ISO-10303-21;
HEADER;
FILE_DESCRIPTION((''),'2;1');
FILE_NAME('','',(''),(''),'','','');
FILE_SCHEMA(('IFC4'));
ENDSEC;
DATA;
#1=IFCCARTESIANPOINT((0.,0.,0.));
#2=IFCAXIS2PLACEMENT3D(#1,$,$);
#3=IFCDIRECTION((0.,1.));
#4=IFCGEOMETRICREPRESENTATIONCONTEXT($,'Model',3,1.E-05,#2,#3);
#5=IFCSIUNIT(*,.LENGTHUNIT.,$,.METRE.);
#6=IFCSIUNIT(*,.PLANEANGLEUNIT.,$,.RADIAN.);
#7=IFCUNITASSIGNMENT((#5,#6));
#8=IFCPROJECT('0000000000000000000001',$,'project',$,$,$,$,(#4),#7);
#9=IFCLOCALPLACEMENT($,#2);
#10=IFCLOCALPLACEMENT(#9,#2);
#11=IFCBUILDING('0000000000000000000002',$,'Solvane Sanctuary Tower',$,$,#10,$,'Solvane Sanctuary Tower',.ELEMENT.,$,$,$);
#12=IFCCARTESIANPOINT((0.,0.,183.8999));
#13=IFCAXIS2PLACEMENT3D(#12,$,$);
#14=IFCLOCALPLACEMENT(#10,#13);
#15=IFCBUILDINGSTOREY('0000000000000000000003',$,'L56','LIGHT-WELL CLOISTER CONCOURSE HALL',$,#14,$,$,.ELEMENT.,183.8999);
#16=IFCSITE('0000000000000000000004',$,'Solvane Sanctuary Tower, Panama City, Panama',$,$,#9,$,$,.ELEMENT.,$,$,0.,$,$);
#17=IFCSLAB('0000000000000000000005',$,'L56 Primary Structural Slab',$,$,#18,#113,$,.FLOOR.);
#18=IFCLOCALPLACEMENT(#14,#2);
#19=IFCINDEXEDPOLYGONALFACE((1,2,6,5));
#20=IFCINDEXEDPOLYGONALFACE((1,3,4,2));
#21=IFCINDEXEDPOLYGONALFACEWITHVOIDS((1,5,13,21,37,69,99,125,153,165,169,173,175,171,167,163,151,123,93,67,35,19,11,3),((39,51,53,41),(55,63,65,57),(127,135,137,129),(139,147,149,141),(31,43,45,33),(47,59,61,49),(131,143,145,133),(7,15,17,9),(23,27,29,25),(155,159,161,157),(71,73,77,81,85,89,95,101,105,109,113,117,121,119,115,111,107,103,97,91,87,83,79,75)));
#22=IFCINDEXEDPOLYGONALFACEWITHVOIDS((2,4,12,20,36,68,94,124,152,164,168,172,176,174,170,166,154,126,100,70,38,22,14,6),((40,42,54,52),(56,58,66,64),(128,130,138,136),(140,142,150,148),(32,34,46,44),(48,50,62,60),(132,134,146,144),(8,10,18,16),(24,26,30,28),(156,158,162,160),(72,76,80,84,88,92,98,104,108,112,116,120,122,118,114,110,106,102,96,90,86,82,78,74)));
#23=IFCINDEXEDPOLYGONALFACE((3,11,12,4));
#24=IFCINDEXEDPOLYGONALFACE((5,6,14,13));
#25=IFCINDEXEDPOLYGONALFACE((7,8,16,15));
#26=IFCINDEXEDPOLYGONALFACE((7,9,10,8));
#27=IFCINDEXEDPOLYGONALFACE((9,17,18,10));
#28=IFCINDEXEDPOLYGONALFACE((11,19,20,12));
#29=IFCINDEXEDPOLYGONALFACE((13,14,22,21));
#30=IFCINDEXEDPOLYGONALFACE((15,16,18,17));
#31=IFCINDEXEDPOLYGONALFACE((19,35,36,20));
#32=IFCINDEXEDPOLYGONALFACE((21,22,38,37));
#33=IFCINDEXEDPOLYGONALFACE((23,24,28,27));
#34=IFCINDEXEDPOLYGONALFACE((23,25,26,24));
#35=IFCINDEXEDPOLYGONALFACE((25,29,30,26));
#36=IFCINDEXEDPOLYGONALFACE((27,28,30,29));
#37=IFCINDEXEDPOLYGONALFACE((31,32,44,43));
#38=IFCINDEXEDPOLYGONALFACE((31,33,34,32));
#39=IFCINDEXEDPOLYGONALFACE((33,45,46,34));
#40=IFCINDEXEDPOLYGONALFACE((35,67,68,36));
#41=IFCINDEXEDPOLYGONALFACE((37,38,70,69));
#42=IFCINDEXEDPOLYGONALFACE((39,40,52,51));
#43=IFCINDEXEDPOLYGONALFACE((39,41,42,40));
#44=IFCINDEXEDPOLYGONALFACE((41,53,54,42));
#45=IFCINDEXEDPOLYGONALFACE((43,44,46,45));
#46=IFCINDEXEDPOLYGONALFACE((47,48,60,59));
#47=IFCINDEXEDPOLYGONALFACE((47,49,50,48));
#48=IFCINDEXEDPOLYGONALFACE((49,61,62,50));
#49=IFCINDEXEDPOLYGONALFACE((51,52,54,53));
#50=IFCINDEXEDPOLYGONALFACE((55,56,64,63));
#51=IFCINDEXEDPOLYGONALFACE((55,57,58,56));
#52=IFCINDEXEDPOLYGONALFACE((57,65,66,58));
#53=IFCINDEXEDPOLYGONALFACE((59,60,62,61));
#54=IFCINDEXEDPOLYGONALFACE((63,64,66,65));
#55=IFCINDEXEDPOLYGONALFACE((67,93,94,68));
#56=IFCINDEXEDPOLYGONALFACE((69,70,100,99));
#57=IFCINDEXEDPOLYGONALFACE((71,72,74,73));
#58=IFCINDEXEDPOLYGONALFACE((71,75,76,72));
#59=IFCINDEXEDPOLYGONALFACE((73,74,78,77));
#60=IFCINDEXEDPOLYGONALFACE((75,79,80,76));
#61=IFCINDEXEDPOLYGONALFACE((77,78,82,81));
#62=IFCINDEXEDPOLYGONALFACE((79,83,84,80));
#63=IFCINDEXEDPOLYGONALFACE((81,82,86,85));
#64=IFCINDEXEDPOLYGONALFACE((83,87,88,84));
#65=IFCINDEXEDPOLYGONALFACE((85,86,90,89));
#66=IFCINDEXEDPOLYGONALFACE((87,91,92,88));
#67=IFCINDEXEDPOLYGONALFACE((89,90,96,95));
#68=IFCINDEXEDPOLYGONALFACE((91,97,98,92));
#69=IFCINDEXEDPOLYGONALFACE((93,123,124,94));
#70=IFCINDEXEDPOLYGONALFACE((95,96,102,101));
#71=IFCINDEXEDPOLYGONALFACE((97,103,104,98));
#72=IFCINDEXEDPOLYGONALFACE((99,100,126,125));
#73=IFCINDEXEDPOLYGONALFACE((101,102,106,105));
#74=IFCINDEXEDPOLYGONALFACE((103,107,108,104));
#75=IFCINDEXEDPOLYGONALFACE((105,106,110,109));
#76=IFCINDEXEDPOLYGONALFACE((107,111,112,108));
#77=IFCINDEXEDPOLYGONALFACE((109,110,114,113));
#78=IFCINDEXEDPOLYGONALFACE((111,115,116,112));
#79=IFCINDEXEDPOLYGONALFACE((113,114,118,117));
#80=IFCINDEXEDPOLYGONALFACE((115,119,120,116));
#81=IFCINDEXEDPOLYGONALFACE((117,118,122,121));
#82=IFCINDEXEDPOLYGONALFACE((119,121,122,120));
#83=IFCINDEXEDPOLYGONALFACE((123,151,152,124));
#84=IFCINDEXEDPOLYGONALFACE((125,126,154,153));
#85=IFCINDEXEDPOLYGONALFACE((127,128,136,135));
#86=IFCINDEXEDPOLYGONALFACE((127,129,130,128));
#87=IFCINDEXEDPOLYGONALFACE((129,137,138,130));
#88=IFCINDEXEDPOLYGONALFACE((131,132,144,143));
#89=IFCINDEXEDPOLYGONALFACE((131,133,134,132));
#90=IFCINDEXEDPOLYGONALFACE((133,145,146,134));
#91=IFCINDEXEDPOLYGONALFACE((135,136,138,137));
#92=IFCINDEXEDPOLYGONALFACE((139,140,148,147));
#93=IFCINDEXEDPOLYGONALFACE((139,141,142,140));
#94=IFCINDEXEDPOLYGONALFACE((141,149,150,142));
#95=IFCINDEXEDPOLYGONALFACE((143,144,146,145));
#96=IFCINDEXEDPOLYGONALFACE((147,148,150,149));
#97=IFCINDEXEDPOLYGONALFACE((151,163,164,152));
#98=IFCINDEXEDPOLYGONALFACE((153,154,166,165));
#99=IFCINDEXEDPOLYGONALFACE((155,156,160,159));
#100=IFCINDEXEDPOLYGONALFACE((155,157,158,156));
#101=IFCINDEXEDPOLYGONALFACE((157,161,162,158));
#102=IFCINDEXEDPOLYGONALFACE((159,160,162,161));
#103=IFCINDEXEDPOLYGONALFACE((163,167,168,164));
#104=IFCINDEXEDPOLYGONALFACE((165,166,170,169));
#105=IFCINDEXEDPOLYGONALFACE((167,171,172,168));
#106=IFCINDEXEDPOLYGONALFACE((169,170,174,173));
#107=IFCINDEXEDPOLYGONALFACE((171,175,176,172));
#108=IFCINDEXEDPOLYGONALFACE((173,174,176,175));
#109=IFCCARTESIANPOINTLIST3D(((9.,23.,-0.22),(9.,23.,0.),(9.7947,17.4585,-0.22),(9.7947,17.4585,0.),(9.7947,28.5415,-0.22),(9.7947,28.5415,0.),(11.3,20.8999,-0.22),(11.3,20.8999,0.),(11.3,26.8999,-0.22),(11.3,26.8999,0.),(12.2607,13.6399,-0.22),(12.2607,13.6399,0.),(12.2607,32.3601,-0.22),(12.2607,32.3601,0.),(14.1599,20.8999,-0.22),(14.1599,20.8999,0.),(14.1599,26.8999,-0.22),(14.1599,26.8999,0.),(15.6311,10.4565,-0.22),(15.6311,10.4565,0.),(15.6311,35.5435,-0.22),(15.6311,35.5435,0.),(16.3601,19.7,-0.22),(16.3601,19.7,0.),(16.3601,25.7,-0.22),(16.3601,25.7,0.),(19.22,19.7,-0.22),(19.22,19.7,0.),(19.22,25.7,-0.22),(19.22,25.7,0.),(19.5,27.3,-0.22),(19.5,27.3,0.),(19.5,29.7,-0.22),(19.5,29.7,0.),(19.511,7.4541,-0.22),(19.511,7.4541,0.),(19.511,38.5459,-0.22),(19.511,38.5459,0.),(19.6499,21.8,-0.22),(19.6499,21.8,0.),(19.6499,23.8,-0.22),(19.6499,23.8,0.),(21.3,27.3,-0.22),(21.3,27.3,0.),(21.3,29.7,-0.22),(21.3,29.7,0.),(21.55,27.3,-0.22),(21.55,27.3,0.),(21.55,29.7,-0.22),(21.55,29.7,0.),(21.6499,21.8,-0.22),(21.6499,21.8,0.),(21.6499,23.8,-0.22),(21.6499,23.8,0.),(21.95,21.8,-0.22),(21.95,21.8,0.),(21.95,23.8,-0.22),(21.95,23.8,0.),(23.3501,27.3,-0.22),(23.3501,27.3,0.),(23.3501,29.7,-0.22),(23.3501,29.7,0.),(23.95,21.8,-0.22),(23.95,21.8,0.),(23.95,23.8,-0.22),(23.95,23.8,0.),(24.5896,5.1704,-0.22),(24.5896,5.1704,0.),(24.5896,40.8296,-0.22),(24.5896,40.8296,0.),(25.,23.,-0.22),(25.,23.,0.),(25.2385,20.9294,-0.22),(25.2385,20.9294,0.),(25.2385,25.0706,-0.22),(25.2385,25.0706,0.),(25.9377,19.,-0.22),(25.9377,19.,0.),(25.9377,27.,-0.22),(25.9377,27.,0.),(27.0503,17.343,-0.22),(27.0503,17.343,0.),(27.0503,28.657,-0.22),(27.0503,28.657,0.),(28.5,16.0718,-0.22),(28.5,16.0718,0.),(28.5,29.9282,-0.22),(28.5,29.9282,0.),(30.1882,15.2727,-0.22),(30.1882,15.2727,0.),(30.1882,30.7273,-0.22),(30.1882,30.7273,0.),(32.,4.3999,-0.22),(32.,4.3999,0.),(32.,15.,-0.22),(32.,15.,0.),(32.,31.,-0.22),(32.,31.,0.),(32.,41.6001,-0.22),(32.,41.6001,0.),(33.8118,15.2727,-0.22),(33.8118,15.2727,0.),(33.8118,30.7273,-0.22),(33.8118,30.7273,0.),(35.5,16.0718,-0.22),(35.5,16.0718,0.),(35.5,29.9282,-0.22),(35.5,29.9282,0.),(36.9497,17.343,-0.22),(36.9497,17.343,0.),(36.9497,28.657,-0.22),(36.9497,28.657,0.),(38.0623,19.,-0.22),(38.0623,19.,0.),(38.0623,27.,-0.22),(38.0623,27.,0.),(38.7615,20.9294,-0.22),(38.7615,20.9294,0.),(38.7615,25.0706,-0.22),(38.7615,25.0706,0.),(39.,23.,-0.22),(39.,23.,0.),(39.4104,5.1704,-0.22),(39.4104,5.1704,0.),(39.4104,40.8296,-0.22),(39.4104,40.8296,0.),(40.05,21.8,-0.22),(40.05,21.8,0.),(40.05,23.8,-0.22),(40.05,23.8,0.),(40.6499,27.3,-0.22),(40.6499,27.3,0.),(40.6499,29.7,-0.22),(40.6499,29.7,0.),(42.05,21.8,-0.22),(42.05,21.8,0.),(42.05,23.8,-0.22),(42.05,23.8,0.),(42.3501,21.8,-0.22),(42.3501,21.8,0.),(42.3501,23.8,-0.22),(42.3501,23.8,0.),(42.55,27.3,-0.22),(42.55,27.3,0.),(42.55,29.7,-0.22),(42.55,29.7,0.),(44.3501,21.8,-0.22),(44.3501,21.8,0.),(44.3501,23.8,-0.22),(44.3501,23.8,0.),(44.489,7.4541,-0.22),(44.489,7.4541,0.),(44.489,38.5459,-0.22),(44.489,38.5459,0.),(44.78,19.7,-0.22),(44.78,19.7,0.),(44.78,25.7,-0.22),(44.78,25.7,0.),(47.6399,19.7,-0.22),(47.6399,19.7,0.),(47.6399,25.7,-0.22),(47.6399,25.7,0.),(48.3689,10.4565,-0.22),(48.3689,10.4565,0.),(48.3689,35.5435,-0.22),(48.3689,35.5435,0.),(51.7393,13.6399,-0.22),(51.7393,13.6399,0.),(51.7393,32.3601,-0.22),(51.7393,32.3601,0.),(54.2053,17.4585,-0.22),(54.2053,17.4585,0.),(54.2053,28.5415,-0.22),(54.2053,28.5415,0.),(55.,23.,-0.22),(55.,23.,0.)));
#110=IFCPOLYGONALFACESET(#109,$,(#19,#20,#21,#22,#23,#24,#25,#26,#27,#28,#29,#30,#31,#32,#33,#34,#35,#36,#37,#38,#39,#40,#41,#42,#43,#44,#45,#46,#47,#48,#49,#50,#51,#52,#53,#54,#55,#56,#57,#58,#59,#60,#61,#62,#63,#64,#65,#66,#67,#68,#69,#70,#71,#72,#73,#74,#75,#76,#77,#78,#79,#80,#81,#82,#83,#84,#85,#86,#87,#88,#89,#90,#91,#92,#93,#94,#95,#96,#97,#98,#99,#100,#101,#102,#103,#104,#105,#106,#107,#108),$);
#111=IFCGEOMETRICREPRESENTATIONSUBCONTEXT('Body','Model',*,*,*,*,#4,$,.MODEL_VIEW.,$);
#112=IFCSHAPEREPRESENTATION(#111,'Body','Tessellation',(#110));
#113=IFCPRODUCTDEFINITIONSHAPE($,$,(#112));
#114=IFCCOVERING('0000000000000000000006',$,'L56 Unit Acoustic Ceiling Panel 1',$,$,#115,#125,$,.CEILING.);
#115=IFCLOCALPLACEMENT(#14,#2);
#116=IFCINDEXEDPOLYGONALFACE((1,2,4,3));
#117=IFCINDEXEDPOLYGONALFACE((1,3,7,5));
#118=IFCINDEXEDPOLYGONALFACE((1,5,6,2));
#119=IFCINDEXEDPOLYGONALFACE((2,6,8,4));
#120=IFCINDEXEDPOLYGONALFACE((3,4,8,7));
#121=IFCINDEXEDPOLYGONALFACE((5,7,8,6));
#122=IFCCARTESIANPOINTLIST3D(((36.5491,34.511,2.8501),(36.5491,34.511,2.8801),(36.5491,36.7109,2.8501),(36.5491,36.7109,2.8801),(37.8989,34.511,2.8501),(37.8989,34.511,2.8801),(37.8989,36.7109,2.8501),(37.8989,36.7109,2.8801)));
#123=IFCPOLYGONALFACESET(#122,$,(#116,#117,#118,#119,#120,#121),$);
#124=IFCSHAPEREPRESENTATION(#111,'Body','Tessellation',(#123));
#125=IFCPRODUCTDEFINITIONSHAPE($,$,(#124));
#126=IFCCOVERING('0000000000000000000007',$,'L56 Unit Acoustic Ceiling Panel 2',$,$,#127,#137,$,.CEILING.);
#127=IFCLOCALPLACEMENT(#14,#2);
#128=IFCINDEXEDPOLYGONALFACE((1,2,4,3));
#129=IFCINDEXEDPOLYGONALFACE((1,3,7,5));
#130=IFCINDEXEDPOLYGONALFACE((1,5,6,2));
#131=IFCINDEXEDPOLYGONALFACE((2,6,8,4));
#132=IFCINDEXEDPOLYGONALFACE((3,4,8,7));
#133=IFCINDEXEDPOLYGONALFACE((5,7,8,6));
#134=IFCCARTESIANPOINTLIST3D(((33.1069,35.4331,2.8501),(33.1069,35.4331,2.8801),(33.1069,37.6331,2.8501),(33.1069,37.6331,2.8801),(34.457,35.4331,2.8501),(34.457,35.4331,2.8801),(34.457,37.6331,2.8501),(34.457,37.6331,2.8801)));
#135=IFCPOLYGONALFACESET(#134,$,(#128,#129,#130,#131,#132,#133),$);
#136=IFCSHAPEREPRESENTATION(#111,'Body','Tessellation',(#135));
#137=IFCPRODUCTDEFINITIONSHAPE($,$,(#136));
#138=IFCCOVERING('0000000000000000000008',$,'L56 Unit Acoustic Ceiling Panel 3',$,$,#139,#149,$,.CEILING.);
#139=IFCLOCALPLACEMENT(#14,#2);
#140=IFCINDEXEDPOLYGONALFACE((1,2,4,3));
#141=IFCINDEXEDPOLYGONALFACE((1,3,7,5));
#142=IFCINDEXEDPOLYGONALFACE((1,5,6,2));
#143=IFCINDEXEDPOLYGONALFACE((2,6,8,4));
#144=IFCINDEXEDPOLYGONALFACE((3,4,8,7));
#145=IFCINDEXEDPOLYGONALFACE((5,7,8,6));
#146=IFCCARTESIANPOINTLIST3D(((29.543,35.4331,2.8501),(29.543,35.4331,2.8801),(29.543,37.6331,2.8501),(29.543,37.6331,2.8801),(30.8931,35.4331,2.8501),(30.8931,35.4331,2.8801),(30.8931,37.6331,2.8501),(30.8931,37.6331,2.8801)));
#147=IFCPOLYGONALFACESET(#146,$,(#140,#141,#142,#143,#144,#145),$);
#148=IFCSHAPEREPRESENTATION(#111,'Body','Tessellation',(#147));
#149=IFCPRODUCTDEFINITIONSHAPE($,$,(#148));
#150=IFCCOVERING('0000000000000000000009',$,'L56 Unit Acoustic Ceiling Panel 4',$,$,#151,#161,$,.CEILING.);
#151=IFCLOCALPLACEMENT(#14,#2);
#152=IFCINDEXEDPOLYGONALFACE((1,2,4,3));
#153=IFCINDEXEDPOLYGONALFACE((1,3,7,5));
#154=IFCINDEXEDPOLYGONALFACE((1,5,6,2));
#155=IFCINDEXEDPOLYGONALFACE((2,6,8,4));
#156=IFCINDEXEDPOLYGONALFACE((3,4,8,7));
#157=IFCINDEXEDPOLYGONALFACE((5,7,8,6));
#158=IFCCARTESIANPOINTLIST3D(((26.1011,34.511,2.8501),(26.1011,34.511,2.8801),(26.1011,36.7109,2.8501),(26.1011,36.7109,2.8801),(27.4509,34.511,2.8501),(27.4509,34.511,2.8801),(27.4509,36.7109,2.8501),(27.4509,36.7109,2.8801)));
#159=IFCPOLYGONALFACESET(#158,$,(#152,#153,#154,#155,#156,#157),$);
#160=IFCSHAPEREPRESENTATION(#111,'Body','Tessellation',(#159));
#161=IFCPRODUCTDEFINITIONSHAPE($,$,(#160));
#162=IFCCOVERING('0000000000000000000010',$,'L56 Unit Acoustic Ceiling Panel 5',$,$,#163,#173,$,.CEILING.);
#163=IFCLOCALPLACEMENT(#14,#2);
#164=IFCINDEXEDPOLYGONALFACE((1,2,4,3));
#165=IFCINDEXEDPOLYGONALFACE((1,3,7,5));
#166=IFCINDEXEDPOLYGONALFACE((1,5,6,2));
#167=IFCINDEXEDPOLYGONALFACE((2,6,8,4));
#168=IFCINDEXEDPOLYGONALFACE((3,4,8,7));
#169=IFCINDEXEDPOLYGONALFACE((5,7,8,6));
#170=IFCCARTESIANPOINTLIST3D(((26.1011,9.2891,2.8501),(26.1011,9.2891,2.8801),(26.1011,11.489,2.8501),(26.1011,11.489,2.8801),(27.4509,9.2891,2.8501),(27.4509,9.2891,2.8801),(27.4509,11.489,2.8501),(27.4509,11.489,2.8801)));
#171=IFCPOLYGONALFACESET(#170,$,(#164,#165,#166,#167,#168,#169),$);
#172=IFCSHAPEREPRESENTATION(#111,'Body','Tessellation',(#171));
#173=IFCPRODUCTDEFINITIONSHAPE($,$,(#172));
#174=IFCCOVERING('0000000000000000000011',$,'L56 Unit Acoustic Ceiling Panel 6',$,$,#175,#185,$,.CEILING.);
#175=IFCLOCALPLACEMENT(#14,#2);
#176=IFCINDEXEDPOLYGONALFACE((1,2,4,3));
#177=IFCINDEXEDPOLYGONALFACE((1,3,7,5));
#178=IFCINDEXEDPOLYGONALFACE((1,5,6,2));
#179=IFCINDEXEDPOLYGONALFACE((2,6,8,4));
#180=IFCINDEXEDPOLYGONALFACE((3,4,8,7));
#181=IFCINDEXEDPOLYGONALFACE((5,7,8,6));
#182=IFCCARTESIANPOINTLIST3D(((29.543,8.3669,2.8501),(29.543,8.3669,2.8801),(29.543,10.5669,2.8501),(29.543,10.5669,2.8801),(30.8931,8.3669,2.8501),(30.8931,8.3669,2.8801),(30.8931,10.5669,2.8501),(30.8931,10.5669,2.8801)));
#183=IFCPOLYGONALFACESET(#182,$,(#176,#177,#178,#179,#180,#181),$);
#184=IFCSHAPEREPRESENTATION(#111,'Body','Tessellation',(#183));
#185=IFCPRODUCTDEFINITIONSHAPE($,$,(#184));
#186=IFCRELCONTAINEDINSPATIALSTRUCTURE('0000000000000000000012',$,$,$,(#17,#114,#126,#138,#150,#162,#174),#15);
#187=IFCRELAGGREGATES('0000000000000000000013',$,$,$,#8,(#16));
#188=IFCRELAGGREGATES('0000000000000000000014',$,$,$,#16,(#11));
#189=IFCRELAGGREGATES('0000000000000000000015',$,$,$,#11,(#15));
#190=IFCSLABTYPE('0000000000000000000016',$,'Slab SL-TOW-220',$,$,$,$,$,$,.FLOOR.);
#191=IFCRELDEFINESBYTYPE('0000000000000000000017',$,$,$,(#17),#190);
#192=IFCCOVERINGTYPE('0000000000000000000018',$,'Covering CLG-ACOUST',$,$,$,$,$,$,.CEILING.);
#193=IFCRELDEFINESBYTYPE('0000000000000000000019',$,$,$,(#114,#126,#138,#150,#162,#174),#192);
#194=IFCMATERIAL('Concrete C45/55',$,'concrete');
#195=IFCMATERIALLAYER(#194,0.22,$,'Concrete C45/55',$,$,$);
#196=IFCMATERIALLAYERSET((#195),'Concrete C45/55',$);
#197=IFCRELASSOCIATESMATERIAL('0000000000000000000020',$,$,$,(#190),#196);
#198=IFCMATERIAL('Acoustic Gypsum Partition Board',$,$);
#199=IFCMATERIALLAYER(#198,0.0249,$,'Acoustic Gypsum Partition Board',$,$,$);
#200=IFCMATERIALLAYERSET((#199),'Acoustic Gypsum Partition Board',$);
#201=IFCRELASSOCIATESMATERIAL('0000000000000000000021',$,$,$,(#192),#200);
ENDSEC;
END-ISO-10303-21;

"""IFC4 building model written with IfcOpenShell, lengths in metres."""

from ifc_helpers import new_model, si_unit, direction, frame, origin, place, context, subcontext, project, spatial, polyline, outline, extrude, material, layer, layer_set, type_object, element, save


model = new_model("IFC4")

# Units and contexts
model_context = context("Model", 3, precision=1e-05, world=origin(), true_north=direction((0.0, 1.0)))
body_context = subcontext(model_context, "Body", "Model", "MODEL_VIEW")
ifc_project = project(units=[si_unit("LENGTHUNIT", "METRE"), si_unit("PLANEANGLEUNIT", "RADIAN")], contexts=[model_context])

# Site, building, storey
site_placement = place(None, origin())
site = spatial("IfcSite", under=ifc_project, at=site_placement, Name="Solvane Sanctuary Tower, Panama City, Panama", CompositionType="ELEMENT", RefElevation=0.0)
building_placement = place(site_placement, origin())
building = spatial("IfcBuilding", under=site, at=building_placement, Name="Solvane Sanctuary Tower", LongName="Solvane Sanctuary Tower", CompositionType="ELEMENT")
storey_placement = place(building_placement, frame((0.0, 0.0, 183.8999)))
storey = spatial("IfcBuildingStorey", under=building, at=storey_placement, Name="L56", Description="LIGHT-WELL CLOISTER CONCOURSE HALL", CompositionType="ELEMENT", Elevation=183.8999)

# Shared definitions
ifc_material_1 = material(Name="Concrete C45/55", Category="concrete")

# Slab
ifc_layer_1 = layer(ifc_material_1, 0.22, Name="Concrete C45/55")
ifc_layer_set_1 = layer_set([ifc_layer_1], Name="Concrete C45/55")
slab_type_1 = type_object("IfcSlabType", Name="Slab SL-TOW-220", PredefinedType="FLOOR", material=ifc_layer_set_1)
slab_1_placement = place(storey_placement, frame((0.0, 0.0, -0.22)))
element("IfcSlab", 1, at=slab_1_placement, inside=storey, type_object=slab_type_1, Name="L56 Primary Structural Slab", PredefinedType="FLOOR", context=body_context, shape_type="SweptSolid", body=[
    extrude(outline(polyline([(55.0, 23.0), (54.2053, 28.5415), (51.7393, 32.3601), (48.3689, 35.5435), (44.489, 38.5459), (39.4104, 40.8296), (32.0, 41.6001), (24.5896, 40.8296), (19.511, 38.5459), (15.6311, 35.5435), (12.2607, 32.3601), (9.7947, 28.5415), (9.0, 23.0), (9.7947, 17.4585), (12.2607, 13.6399), (15.6311, 10.4565), (19.511, 7.4541), (24.5896, 5.1704), (32.0, 4.3999), (39.4104, 5.1704), (44.489, 7.4541), (48.3689, 10.4565), (51.7393, 13.6399), (54.2053, 17.4585), (55.0, 23.0)]), holes=[polyline([(38.7615, 20.9294), (38.0623, 19.0), (36.9497, 17.343), (35.5, 16.0718), (33.8118, 15.2727), (32.0, 15.0), (30.1882, 15.2727), (28.5, 16.0718), (27.0503, 17.343), (25.9377, 19.0), (25.2385, 20.9294), (25.0, 23.0), (25.2385, 25.0706), (25.9377, 27.0), (27.0503, 28.657), (28.5, 29.9282), (30.1882, 30.7273), (32.0, 31.0), (33.8118, 30.7273), (35.5, 29.9282), (36.9497, 28.657), (38.0623, 27.0), (38.7615, 25.0706), (39.0, 23.0), (38.7615, 20.9294)]), polyline([(16.3601, 19.7), (16.3601, 25.7), (19.22, 25.7), (19.22, 19.7), (16.3601, 19.7)]), polyline([(44.78, 19.7), (44.78, 25.7), (47.6399, 25.7), (47.6399, 19.7), (44.78, 19.7)]), polyline([(11.3, 20.8999), (11.3, 26.8999), (14.1599, 26.8999), (14.1599, 20.8999), (11.3, 20.8999)]), polyline([(19.6499, 23.8), (21.6499, 23.8), (21.6499, 21.8), (19.6499, 21.8), (19.6499, 23.8)]), polyline([(42.3501, 23.8), (44.3501, 23.8), (44.3501, 21.8), (42.3501, 21.8), (42.3501, 23.8)]), polyline([(21.95, 23.8), (23.95, 23.8), (23.95, 21.8), (21.95, 21.8), (21.95, 23.8)]), polyline([(40.05, 23.8), (42.05, 23.8), (42.05, 21.8), (40.05, 21.8), (40.05, 23.8)]), polyline([(19.5, 29.7), (21.3, 29.7), (21.3, 27.3), (19.5, 27.3), (19.5, 29.7)]), polyline([(21.55, 29.7), (23.3501, 29.7), (23.3501, 27.3), (21.55, 27.3), (21.55, 29.7)]), polyline([(40.6499, 29.7), (42.55, 29.7), (42.55, 27.3), (40.6499, 27.3), (40.6499, 29.7)])]), origin(), (0.0, 0.0, 1.0), 0.22),
])

# Coverings
ifc_material_2 = material(Name="Acoustic Gypsum Partition Board")
ifc_layer_2 = layer(ifc_material_2, 0.0249, Name="Acoustic Gypsum Partition Board")
ifc_layer_set_2 = layer_set([ifc_layer_2], Name="Acoustic Gypsum Partition Board")
covering_type_1 = type_object("IfcCoveringType", Name="Covering CLG-ACOUST", PredefinedType="CEILING", material=ifc_layer_set_2)
covering_1_placement = place(storey_placement, frame((0.0, 0.0, 2.8501)))
element("IfcCovering", 2, at=covering_1_placement, inside=storey, type_object=covering_type_1, Name="L56 Unit Acoustic Ceiling Panel 1", PredefinedType="CEILING", context=body_context, shape_type="SweptSolid", body=[
    extrude(outline(polyline([(36.5491, 34.511), (37.8989, 34.511), (37.8989, 36.7109), (36.5491, 36.7109), (36.5491, 34.511)])), origin(), (0.0, 0.0, 1.0), 0.03),
])
covering_2_placement = place(storey_placement, frame((0.0, 0.0, 2.8501)))
element("IfcCovering", 3, at=covering_2_placement, inside=storey, type_object=covering_type_1, Name="L56 Unit Acoustic Ceiling Panel 2", PredefinedType="CEILING", context=body_context, shape_type="SweptSolid", body=[
    extrude(outline(polyline([(33.1069, 35.4331), (34.457, 35.4331), (34.457, 37.6331), (33.1069, 37.6331), (33.1069, 35.4331)])), origin(), (0.0, 0.0, 1.0), 0.03),
])
covering_3_placement = place(storey_placement, frame((0.0, 0.0, 2.8501)))
element("IfcCovering", 4, at=covering_3_placement, inside=storey, type_object=covering_type_1, Name="L56 Unit Acoustic Ceiling Panel 3", PredefinedType="CEILING", context=body_context, shape_type="SweptSolid", body=[
    extrude(outline(polyline([(29.543, 35.4331), (30.8931, 35.4331), (30.8931, 37.6331), (29.543, 37.6331), (29.543, 35.4331)])), origin(), (0.0, 0.0, 1.0), 0.03),
])
covering_4_placement = place(storey_placement, frame((0.0, 0.0, 2.8501)))
element("IfcCovering", 5, at=covering_4_placement, inside=storey, type_object=covering_type_1, Name="L56 Unit Acoustic Ceiling Panel 4", PredefinedType="CEILING", context=body_context, shape_type="SweptSolid", body=[
    extrude(outline(polyline([(26.1011, 34.511), (27.4509, 34.511), (27.4509, 36.7109), (26.1011, 36.7109), (26.1011, 34.511)])), origin(), (0.0, 0.0, 1.0), 0.03),
])
covering_5_placement = place(storey_placement, frame((0.0, 0.0, 2.8501)))
element("IfcCovering", 6, at=covering_5_placement, inside=storey, type_object=covering_type_1, Name="L56 Unit Acoustic Ceiling Panel 5", PredefinedType="CEILING", context=body_context, shape_type="SweptSolid", body=[
    extrude(outline(polyline([(26.1011, 9.2891), (27.4509, 9.2891), (27.4509, 11.489), (26.1011, 11.489), (26.1011, 9.2891)])), origin(), (0.0, 0.0, 1.0), 0.03),
])
covering_6_placement = place(storey_placement, frame((0.0, 0.0, 2.8501)))
element("IfcCovering", 7, at=covering_6_placement, inside=storey, type_object=covering_type_1, Name="L56 Unit Acoustic Ceiling Panel 6", PredefinedType="CEILING", context=body_context, shape_type="SweptSolid", body=[
    extrude(outline(polyline([(29.543, 8.3669), (30.8931, 8.3669), (30.8931, 10.5669), (29.543, 10.5669), (29.543, 8.3669)])), origin(), (0.0, 0.0, 1.0), 0.03),
])

save(model, "model.ifc")
